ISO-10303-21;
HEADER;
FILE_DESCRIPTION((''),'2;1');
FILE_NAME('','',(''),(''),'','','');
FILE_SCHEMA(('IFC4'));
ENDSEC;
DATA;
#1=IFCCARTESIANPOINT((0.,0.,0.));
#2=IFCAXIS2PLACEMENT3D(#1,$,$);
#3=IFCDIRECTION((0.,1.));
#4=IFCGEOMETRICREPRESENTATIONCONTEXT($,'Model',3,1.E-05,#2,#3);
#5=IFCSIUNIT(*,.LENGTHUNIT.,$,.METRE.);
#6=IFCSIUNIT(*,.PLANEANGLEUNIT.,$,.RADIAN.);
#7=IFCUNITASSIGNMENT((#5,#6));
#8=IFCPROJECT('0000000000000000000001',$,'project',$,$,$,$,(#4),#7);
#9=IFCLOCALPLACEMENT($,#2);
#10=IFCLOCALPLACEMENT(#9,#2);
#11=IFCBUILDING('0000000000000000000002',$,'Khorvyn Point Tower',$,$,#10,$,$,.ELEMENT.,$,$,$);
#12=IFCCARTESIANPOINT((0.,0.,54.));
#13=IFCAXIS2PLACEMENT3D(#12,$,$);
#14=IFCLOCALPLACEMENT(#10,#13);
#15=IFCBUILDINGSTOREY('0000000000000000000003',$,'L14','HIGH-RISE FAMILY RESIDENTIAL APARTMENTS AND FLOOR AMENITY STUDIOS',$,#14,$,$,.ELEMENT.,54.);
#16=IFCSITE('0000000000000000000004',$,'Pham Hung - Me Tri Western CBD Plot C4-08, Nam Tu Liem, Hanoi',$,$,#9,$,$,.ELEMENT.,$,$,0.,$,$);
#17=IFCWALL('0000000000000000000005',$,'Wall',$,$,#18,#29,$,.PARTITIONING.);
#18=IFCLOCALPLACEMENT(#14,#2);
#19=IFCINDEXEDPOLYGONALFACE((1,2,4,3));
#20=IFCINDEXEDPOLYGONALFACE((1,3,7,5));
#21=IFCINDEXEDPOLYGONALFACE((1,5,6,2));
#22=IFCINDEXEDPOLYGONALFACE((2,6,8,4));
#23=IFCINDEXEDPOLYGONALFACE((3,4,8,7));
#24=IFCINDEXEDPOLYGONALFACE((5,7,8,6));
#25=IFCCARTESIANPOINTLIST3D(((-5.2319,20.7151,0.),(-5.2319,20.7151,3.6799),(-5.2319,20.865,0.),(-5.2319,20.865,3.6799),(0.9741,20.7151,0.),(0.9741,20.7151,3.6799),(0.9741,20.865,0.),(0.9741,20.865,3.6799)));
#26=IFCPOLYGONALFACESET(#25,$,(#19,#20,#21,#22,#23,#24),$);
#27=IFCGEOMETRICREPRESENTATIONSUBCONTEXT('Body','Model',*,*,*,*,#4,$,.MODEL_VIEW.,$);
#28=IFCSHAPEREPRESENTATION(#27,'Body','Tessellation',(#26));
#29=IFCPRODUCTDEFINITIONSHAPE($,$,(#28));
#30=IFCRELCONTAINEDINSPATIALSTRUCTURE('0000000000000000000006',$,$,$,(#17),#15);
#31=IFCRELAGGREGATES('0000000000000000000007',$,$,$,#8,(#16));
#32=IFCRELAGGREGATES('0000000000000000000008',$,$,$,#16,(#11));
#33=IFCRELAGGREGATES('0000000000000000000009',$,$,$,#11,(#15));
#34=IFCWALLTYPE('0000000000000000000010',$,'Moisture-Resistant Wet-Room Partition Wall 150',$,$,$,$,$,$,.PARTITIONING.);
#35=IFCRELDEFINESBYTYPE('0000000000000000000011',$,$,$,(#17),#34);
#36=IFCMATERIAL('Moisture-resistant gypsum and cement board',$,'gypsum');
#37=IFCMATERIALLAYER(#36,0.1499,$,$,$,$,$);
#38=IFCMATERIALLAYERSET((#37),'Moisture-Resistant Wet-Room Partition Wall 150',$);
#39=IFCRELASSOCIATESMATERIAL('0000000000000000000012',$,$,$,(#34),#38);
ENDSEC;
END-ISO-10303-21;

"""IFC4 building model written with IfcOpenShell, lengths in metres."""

from ifc_helpers import new_model, si_unit, direction, frame, frame_2d, origin, place, context, subcontext, project, spatial, rectangle, extrude, material, layer, layer_set, type_object, element, save


model = new_model("IFC4")

# Units and contexts
model_context = context("Model", 3, precision=1e-05, world=origin(), true_north=direction((0.0, 1.0)))
body_context = subcontext(model_context, "Body", "Model", "MODEL_VIEW")
ifc_project = project(units=[si_unit("LENGTHUNIT", "METRE"), si_unit("PLANEANGLEUNIT", "RADIAN")], contexts=[model_context])

# Site, building, storey
site_placement = place(None, origin())
site = spatial("IfcSite", under=ifc_project, at=site_placement, Name="Pham Hung - Me Tri Western CBD Plot C4-08, Nam Tu Liem, Hanoi", CompositionType="ELEMENT", RefElevation=0.0)
building_placement = place(site_placement, origin())
building = spatial("IfcBuilding", under=site, at=building_placement, Name="Khorvyn Point Tower", CompositionType="ELEMENT")
storey_placement = place(building_placement, frame((0.0, 0.0, 54.0)))
storey = spatial("IfcBuildingStorey", under=building, at=storey_placement, Name="L14", Description="HIGH-RISE FAMILY RESIDENTIAL APARTMENTS AND FLOOR AMENITY STUDIOS", CompositionType="ELEMENT", Elevation=54.0)

# Shared definitions
ifc_material_1 = material(Name="Moisture-resistant gypsum and cement board", Category="gypsum")
ifc_layer_1 = layer(ifc_material_1, 0.1499)
ifc_layer_set_1 = layer_set([ifc_layer_1], Name="Moisture-Resistant Wet-Room Partition Wall 150")
wall_type_1 = type_object("IfcWallType", Name="Moisture-Resistant Wet-Room Partition Wall 150", PredefinedType="PARTITIONING", material=ifc_layer_set_1)

# Wall
for number, where, z_axis, x_axis, name in (
    (1, (-5.2319, 20.79, 0.0), (0.0, 0.0, 1.0), (1.0, 0.0, 0.0), "Wall"),
):
    element("IfcWall", number, at=place(storey_placement, frame(where, z_axis=z_axis, x_axis=x_axis)), inside=storey, type_object=wall_type_1, Name=name, PredefinedType="PARTITIONING", context=body_context, shape_type="SweptSolid", body=[
        extrude(rectangle(XDim=6.2061, YDim=0.1499, at=frame_2d((3.103, 0.0))), origin(), (0.0, 0.0, 1.0), 3.6799),
    ])

save(model, "model.ifc")
